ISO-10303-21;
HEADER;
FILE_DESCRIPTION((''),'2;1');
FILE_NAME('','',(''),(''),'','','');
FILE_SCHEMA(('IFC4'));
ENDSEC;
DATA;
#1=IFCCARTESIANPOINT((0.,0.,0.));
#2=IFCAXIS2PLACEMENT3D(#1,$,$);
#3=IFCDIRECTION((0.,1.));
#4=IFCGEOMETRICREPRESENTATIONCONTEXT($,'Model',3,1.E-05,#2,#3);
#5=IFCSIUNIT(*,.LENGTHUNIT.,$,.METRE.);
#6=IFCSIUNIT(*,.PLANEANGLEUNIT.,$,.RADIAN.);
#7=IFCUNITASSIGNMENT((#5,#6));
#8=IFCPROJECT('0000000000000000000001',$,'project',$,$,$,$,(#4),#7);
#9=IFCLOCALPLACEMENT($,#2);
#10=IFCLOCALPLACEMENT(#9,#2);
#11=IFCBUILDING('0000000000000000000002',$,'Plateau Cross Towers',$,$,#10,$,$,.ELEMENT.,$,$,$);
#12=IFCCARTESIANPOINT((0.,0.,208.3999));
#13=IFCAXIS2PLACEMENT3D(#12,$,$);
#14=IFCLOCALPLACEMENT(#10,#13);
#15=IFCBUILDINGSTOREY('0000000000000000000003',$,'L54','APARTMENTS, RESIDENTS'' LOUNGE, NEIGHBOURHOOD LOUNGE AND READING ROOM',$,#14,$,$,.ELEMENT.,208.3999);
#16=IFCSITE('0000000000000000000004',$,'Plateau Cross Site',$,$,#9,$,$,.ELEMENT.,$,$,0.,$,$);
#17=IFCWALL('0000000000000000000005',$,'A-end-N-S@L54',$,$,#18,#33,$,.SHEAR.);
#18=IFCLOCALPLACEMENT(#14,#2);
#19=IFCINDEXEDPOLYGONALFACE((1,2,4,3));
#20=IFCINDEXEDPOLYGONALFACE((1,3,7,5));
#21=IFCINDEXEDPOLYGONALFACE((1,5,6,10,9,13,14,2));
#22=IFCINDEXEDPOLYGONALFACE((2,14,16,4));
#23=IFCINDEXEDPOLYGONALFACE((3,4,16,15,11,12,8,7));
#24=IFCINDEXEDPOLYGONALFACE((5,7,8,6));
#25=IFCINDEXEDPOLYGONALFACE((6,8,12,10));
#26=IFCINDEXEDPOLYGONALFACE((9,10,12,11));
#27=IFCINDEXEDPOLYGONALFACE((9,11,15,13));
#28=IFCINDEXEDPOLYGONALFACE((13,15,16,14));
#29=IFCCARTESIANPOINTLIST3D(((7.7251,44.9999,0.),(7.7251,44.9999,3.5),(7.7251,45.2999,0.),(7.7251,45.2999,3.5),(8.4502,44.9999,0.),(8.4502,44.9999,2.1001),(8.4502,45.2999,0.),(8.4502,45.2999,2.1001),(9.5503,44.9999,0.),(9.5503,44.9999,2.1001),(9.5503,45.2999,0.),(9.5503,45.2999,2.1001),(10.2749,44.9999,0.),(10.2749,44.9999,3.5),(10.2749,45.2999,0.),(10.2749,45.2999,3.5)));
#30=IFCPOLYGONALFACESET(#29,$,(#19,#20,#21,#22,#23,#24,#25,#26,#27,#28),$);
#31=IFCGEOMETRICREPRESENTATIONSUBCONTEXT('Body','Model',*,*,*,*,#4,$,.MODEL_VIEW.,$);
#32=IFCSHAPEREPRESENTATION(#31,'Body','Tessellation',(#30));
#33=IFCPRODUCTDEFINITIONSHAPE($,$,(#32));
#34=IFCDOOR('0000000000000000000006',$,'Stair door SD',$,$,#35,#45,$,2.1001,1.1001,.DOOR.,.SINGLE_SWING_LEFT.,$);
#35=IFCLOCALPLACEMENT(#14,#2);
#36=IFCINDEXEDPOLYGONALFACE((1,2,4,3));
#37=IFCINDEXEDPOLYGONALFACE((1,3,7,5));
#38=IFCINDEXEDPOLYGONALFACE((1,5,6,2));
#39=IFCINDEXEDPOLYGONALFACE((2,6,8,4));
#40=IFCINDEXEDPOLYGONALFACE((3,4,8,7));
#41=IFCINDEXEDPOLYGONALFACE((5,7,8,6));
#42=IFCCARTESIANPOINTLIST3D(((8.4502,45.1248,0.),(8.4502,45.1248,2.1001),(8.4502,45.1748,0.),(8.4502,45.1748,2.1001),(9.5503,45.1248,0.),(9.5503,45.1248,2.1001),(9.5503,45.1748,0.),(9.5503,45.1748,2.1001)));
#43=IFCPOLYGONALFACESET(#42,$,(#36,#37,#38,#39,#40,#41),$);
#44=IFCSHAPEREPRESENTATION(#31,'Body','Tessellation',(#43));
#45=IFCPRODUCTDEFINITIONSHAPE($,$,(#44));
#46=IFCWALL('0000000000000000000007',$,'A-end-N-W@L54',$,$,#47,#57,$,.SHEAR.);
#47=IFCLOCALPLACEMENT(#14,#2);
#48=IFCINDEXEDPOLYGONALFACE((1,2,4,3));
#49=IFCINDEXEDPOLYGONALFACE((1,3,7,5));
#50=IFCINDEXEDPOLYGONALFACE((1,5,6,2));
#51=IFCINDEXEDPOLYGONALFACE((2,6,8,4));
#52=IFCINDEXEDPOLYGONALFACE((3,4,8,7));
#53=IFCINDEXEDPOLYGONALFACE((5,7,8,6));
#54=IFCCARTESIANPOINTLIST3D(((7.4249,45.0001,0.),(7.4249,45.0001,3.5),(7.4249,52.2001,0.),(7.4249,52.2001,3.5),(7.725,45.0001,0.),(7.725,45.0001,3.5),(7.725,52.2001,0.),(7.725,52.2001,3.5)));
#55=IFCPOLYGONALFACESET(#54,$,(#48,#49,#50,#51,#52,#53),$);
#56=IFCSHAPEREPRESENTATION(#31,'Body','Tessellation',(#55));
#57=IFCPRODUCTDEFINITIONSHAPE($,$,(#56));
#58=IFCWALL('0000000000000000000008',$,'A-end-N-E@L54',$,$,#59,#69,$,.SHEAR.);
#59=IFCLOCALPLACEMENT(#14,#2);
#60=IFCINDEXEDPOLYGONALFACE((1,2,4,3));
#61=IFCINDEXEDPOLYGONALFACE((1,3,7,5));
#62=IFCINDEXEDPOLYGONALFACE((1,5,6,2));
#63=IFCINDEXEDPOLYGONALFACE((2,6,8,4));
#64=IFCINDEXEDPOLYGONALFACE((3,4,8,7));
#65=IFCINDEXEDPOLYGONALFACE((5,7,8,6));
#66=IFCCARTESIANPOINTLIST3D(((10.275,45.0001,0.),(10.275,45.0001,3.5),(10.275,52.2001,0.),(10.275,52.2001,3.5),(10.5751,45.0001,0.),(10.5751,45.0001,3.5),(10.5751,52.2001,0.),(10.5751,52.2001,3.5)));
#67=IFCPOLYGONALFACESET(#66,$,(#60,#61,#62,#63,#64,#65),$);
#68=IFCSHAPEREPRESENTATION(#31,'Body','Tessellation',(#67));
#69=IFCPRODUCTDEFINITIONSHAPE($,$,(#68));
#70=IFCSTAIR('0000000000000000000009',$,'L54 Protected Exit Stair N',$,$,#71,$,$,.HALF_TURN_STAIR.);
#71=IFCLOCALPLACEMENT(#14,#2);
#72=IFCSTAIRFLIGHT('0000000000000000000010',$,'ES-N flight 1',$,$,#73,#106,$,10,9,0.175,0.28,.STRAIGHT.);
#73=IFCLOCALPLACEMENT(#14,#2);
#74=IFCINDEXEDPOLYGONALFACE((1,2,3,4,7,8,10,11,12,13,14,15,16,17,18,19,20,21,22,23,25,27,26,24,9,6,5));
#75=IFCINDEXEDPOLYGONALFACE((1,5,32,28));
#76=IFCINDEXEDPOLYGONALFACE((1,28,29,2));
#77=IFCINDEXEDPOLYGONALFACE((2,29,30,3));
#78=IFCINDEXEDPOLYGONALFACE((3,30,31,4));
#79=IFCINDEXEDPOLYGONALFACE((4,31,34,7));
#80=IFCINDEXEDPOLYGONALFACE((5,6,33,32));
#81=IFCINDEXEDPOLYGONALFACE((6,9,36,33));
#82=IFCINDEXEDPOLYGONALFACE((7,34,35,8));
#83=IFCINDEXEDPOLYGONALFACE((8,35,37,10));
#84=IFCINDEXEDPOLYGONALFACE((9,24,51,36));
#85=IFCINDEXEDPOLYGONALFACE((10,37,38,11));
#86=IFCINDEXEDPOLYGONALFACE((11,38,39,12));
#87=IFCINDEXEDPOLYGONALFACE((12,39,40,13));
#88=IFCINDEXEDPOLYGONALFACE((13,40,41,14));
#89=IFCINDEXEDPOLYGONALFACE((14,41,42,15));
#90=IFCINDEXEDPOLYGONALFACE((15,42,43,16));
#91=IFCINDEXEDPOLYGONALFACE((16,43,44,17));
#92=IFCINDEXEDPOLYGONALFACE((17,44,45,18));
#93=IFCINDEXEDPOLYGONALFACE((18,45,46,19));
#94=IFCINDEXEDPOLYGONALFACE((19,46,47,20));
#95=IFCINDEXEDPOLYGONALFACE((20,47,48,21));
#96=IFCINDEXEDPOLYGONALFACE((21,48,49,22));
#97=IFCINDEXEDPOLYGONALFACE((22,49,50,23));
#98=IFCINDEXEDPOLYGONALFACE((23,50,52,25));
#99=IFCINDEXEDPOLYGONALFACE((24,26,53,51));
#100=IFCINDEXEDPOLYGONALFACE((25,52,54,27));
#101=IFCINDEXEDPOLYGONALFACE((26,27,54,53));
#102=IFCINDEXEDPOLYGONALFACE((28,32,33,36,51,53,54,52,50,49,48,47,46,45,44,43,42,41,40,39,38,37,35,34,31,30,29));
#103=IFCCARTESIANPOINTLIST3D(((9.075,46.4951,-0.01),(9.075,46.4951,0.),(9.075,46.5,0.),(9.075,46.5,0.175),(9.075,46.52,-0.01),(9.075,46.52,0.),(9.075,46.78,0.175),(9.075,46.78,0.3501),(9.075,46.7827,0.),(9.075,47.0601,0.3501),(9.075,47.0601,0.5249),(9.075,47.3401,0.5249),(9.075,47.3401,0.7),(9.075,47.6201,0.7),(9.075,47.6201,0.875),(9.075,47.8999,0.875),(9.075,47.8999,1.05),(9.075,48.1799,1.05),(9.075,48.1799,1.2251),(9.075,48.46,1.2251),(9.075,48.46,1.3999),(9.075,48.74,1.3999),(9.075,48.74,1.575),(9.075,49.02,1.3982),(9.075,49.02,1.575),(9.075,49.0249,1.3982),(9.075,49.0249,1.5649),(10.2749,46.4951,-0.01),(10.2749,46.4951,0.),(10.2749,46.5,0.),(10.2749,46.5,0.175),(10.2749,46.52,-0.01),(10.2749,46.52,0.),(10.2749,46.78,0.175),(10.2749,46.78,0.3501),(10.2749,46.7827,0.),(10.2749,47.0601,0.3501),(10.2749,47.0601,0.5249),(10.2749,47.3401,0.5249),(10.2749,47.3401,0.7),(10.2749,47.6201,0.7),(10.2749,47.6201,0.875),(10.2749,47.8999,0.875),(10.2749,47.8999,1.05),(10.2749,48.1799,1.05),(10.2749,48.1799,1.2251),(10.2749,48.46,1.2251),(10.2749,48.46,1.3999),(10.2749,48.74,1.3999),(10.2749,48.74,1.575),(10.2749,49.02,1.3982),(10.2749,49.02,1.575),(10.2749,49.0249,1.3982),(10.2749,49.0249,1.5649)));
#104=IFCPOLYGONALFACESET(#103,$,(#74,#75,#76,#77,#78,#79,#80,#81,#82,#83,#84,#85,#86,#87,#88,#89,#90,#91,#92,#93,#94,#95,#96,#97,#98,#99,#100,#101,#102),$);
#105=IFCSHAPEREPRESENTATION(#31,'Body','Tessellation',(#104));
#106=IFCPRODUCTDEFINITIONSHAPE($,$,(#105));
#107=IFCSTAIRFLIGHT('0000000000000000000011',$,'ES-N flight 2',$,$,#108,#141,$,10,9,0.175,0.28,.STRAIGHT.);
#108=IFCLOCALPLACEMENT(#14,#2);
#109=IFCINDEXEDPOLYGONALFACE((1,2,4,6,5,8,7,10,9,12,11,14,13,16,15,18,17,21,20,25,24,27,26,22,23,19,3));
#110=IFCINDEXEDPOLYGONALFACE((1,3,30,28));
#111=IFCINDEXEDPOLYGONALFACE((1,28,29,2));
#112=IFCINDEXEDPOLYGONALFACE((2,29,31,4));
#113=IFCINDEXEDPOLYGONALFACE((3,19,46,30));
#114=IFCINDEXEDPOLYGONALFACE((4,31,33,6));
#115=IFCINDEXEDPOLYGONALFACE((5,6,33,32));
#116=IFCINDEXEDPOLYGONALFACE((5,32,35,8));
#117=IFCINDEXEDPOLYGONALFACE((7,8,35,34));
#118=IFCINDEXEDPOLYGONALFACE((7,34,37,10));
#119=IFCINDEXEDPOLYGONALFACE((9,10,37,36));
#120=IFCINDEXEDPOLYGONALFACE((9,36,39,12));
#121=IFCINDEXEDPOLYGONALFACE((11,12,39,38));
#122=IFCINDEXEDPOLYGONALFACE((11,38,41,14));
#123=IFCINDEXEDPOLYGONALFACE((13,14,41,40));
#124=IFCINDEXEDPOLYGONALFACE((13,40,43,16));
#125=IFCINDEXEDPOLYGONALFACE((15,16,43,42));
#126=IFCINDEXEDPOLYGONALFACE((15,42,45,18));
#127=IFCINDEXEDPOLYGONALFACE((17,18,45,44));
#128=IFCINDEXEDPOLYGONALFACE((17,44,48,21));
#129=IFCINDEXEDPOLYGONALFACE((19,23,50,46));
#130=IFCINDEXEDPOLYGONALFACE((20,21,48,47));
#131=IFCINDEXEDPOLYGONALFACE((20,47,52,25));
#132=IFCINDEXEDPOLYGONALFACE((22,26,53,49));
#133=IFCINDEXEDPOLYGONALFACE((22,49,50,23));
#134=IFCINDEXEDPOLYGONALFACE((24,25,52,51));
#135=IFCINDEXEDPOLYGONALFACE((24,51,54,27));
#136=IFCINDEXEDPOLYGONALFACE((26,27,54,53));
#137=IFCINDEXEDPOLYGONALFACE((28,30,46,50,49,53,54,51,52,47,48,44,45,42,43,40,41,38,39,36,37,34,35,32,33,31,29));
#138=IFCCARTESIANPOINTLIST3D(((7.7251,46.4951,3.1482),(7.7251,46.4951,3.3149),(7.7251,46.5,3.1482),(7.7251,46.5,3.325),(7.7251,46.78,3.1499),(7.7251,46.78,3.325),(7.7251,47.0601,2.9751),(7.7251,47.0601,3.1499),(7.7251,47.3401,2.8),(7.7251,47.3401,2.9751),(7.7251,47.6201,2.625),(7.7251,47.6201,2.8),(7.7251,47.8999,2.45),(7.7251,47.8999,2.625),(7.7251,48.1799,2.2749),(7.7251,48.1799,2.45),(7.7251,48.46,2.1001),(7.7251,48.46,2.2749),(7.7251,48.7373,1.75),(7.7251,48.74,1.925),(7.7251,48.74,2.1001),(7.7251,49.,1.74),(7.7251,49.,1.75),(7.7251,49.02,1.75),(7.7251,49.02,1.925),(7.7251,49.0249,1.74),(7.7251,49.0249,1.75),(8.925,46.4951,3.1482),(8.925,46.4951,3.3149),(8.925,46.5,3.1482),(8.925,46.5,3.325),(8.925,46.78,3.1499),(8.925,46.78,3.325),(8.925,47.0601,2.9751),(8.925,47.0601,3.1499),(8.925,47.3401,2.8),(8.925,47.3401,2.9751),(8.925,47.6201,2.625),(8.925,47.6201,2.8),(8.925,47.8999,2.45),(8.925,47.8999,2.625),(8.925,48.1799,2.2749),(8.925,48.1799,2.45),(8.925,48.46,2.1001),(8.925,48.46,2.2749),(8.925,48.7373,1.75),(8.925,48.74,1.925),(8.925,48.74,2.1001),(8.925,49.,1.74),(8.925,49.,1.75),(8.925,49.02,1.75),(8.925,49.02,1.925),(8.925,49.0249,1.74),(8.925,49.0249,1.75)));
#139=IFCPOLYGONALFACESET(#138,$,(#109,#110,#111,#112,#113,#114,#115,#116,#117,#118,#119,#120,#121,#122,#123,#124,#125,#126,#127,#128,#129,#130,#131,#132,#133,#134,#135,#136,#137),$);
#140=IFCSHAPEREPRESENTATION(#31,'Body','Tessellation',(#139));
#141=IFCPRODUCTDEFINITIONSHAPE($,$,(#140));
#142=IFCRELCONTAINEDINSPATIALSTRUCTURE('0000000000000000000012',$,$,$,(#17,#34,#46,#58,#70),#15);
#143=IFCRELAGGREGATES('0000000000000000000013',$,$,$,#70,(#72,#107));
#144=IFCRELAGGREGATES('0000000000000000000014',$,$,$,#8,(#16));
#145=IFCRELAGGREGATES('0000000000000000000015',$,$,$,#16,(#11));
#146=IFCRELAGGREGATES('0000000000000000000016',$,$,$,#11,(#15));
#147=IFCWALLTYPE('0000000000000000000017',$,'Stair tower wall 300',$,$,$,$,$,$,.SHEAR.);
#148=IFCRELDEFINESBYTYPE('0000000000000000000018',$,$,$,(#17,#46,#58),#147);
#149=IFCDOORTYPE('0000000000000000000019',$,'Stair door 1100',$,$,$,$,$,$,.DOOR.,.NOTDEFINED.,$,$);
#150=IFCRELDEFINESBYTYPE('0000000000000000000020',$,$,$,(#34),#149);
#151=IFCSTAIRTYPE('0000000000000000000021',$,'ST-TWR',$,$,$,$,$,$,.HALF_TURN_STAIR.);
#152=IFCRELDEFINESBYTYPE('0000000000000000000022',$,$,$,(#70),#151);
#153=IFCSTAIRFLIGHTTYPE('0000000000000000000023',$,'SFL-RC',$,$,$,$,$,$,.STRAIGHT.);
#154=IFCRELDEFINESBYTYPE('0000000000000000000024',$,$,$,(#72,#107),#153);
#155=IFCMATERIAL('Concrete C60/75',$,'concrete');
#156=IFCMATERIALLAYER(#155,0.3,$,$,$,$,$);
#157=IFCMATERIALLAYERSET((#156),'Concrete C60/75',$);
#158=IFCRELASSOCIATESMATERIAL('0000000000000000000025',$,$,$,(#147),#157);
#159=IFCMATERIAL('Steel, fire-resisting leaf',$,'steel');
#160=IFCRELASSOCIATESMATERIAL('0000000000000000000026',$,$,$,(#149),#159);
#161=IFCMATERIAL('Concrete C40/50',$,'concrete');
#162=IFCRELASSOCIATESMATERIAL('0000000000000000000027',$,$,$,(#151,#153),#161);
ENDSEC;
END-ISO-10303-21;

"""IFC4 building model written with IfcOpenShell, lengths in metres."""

from ifc_helpers import new_model, si_unit, direction, frame, frame_2d, origin, place, context, subcontext, project, spatial, polyline, rectangle, outline, extrude, material, layer, layer_set, type_object, element, fill, aggregate, save


model = new_model("IFC4")

# Units and contexts
model_context = context("Model", 3, precision=1e-05, world=origin(), true_north=direction((0.0, 1.0)))
body_context = subcontext(model_context, "Body", "Model", "MODEL_VIEW")
ifc_project = project(units=[si_unit("LENGTHUNIT", "METRE"), si_unit("PLANEANGLEUNIT", "RADIAN")], contexts=[model_context])

# Site, building, storey
site_placement = place(None, origin())
site = spatial("IfcSite", under=ifc_project, at=site_placement, Name="Plateau Cross Site", CompositionType="ELEMENT", RefElevation=0.0)
building_placement = place(site_placement, origin())
building = spatial("IfcBuilding", under=site, at=building_placement, Name="Plateau Cross Towers", CompositionType="ELEMENT")
storey_placement = place(building_placement, frame((0.0, 0.0, 208.3999)))
storey = spatial("IfcBuildingStorey", under=building, at=storey_placement, Name="L54", Description="APARTMENTS, RESIDENTS' LOUNGE, NEIGHBOURHOOD LOUNGE AND READING ROOM", CompositionType="ELEMENT", Elevation=208.3999)

# Wall, opening, door
ifc_material_1 = material(Name="Concrete C60/75", Category="concrete")
ifc_layer_1 = layer(ifc_material_1, 0.3)
ifc_layer_set_1 = layer_set([ifc_layer_1], Name="Concrete C60/75")
wall_type_1 = type_object("IfcWallType", Name="Stair tower wall 300", PredefinedType="SHEAR", material=ifc_layer_set_1)
wall_1_placement = place(storey_placement, frame((7.7251, 45.1499, 0.0), z_axis=(0.0, 0.0, 1.0), x_axis=(1.0, 0.0, 0.0)))
wall_1 = element("IfcWall", 1, at=wall_1_placement, inside=storey, type_object=wall_type_1, Name="A-end-N-S@L54", PredefinedType="SHEAR", context=body_context, shape_type="SweptSolid", body=[
    extrude(rectangle(XDim=2.5498, YDim=0.3, at=frame_2d((1.2749, 0.0))), origin(), (0.0, 0.0, 1.0), 3.5),
])
opening_1_placement = place(wall_1_placement, frame((0.7251, 0.0, 0.0)))
opening_1 = element("IfcOpeningElement", 2, at=opening_1_placement, cuts=wall_1, PredefinedType="OPENING", context=body_context, shape_type="SweptSolid", body=[
    extrude(rectangle(XDim=1.1001, YDim=2.1001, at=frame_2d((0.55, 1.05))), frame((0.0, 0.1599, 0.0), z_axis=(0.0, -1.0, 0.0), x_axis=(1.0, 0.0, 0.0)), (0.0, 0.0, 1.0), 0.3201),
])
ifc_material_2 = material(Name="Steel, fire-resisting leaf", Category="steel")
door_type_1 = type_object("IfcDoorType", Name="Stair door 1100", OperationType="NOTDEFINED", PredefinedType="DOOR", material=ifc_material_2)
door_1_placement = place(opening_1_placement, origin())
door_1 = element("IfcDoor", 3, at=door_1_placement, inside=storey, type_object=door_type_1, Name="Stair door SD", OperationType="SINGLE_SWING_LEFT", OverallHeight=2.1001, OverallWidth=1.1001, PredefinedType="DOOR", context=body_context, shape_type="SweptSolid", body=[
    extrude(rectangle(XDim=1.1001, YDim=2.1001, at=frame_2d((0.55, 1.05))), frame((0.0, 0.0249, 0.0), z_axis=(0.0, -1.0, 0.0), x_axis=(1.0, 0.0, 0.0)), (0.0, 0.0, 1.0), 0.05),
])
fill(opening_1, door_1)

# Walls
for number, where, z_axis, x_axis, name in (
    (4, (7.575, 45.0, 0.0), (0.0, 0.0, 1.0), (0.0, 1.0, 0.0), "A-end-N-W@L54"),
    (5, (10.425, 45.0, 0.0), (0.0, 0.0, 1.0), (0.0, 1.0, 0.0), "A-end-N-E@L54"),
):
    element("IfcWall", number, at=place(storey_placement, frame(where, z_axis=z_axis, x_axis=x_axis)), inside=storey, type_object=wall_type_1, Name=name, PredefinedType="SHEAR", context=body_context, shape_type="SweptSolid", body=[
        extrude(rectangle(XDim=7.2, YDim=0.3, at=frame_2d((3.6001, 0.0))), origin(), (0.0, 0.0, 1.0), 3.5),
    ])

# Stair, stair flights
ifc_material_3 = material(Name="Concrete C40/50", Category="concrete")
stair_type = type_object("IfcStairType", Name="ST-TWR", PredefinedType="HALF_TURN_STAIR", material=ifc_material_3)
stair_placement = place(storey_placement, origin())
stair = element("IfcStair", 6, at=stair_placement, inside=storey, type_object=stair_type, Name="L54 Protected Exit Stair N", PredefinedType="HALF_TURN_STAIR")
stair_flight_type = type_object("IfcStairFlightType", Name="SFL-RC", PredefinedType="STRAIGHT", material=ifc_material_3)
stair_flight_1_placement = place(storey_placement, frame((9.675, 46.5, 0.0), z_axis=(0.0, 0.0, 1.0), x_axis=(0.0, 1.0, 0.0)))
stair_flight_1 = element("IfcStairFlight", 7, at=stair_flight_1_placement, type_object=stair_flight_type, Name="ES-N flight 1", NumberOfRisers=10, NumberOfTreads=9, PredefinedType="STRAIGHT", RiserHeight=0.175, TreadLength=0.28, context=body_context, shape_type="SweptSolid", body=[
    extrude(outline(polyline([(-0.0049, -0.01), (-0.0049, 0.0), (0.0, 0.0), (0.0, 0.175), (0.28, 0.175), (0.28, 0.3501), (0.5601, 0.3501), (0.5601, 0.5249), (0.8401, 0.5249), (0.8401, 0.7), (1.1201, 0.7), (1.1201, 0.875), (1.3999, 0.875), (1.3999, 1.05), (1.6799, 1.05), (1.6799, 1.2251), (1.96, 1.2251), (1.96, 1.3999), (2.24, 1.3999), (2.24, 1.575), (2.52, 1.575), (2.5249, 1.5649), (2.5249, 1.3982), (2.52, 1.3982), (0.2827, 0.0), (0.02, 0.0), (0.02, -0.01), (-0.0049, -0.01)])), frame((0.0, 0.6001, 0.0), z_axis=(0.0, -1.0, 0.0), x_axis=(1.0, 0.0, 0.0)), (0.0, 0.0, 1.0), 1.2),
])
stair_flight_2_placement = place(storey_placement, frame((8.325, 49.02, 1.75), z_axis=(0.0, 0.0, 1.0), x_axis=(0.0, -1.0, 0.0)))
stair_flight_2 = element("IfcStairFlight", 8, at=stair_flight_2_placement, type_object=stair_flight_type, Name="ES-N flight 2", NumberOfRisers=10, NumberOfTreads=9, PredefinedType="STRAIGHT", RiserHeight=0.175, TreadLength=0.28, context=body_context, shape_type="SweptSolid", body=[
    extrude(outline(polyline([(-0.0049, -0.01), (-0.0049, 0.0), (0.0, 0.0), (0.0, 0.175), (0.28, 0.175), (0.28, 0.3501), (0.5601, 0.3501), (0.5601, 0.5249), (0.8401, 0.5249), (0.8401, 0.7), (1.1201, 0.7), (1.1201, 0.875), (1.3999, 0.875), (1.3999, 1.05), (1.6799, 1.05), (1.6799, 1.2251), (1.96, 1.2251), (1.96, 1.3999), (2.24, 1.3999), (2.24, 1.575), (2.52, 1.575), (2.5249, 1.5649), (2.5249, 1.3982), (2.52, 1.3982), (0.2827, 0.0), (0.02, 0.0), (0.02, -0.01), (-0.0049, -0.01)])), frame((0.0, 0.6001, 0.0), z_axis=(0.0, -1.0, 0.0), x_axis=(1.0, 0.0, 0.0)), (0.0, 0.0, 1.0), 1.2),
])
aggregate(stair, [stair_flight_1, stair_flight_2])

save(model, "model.ifc")
